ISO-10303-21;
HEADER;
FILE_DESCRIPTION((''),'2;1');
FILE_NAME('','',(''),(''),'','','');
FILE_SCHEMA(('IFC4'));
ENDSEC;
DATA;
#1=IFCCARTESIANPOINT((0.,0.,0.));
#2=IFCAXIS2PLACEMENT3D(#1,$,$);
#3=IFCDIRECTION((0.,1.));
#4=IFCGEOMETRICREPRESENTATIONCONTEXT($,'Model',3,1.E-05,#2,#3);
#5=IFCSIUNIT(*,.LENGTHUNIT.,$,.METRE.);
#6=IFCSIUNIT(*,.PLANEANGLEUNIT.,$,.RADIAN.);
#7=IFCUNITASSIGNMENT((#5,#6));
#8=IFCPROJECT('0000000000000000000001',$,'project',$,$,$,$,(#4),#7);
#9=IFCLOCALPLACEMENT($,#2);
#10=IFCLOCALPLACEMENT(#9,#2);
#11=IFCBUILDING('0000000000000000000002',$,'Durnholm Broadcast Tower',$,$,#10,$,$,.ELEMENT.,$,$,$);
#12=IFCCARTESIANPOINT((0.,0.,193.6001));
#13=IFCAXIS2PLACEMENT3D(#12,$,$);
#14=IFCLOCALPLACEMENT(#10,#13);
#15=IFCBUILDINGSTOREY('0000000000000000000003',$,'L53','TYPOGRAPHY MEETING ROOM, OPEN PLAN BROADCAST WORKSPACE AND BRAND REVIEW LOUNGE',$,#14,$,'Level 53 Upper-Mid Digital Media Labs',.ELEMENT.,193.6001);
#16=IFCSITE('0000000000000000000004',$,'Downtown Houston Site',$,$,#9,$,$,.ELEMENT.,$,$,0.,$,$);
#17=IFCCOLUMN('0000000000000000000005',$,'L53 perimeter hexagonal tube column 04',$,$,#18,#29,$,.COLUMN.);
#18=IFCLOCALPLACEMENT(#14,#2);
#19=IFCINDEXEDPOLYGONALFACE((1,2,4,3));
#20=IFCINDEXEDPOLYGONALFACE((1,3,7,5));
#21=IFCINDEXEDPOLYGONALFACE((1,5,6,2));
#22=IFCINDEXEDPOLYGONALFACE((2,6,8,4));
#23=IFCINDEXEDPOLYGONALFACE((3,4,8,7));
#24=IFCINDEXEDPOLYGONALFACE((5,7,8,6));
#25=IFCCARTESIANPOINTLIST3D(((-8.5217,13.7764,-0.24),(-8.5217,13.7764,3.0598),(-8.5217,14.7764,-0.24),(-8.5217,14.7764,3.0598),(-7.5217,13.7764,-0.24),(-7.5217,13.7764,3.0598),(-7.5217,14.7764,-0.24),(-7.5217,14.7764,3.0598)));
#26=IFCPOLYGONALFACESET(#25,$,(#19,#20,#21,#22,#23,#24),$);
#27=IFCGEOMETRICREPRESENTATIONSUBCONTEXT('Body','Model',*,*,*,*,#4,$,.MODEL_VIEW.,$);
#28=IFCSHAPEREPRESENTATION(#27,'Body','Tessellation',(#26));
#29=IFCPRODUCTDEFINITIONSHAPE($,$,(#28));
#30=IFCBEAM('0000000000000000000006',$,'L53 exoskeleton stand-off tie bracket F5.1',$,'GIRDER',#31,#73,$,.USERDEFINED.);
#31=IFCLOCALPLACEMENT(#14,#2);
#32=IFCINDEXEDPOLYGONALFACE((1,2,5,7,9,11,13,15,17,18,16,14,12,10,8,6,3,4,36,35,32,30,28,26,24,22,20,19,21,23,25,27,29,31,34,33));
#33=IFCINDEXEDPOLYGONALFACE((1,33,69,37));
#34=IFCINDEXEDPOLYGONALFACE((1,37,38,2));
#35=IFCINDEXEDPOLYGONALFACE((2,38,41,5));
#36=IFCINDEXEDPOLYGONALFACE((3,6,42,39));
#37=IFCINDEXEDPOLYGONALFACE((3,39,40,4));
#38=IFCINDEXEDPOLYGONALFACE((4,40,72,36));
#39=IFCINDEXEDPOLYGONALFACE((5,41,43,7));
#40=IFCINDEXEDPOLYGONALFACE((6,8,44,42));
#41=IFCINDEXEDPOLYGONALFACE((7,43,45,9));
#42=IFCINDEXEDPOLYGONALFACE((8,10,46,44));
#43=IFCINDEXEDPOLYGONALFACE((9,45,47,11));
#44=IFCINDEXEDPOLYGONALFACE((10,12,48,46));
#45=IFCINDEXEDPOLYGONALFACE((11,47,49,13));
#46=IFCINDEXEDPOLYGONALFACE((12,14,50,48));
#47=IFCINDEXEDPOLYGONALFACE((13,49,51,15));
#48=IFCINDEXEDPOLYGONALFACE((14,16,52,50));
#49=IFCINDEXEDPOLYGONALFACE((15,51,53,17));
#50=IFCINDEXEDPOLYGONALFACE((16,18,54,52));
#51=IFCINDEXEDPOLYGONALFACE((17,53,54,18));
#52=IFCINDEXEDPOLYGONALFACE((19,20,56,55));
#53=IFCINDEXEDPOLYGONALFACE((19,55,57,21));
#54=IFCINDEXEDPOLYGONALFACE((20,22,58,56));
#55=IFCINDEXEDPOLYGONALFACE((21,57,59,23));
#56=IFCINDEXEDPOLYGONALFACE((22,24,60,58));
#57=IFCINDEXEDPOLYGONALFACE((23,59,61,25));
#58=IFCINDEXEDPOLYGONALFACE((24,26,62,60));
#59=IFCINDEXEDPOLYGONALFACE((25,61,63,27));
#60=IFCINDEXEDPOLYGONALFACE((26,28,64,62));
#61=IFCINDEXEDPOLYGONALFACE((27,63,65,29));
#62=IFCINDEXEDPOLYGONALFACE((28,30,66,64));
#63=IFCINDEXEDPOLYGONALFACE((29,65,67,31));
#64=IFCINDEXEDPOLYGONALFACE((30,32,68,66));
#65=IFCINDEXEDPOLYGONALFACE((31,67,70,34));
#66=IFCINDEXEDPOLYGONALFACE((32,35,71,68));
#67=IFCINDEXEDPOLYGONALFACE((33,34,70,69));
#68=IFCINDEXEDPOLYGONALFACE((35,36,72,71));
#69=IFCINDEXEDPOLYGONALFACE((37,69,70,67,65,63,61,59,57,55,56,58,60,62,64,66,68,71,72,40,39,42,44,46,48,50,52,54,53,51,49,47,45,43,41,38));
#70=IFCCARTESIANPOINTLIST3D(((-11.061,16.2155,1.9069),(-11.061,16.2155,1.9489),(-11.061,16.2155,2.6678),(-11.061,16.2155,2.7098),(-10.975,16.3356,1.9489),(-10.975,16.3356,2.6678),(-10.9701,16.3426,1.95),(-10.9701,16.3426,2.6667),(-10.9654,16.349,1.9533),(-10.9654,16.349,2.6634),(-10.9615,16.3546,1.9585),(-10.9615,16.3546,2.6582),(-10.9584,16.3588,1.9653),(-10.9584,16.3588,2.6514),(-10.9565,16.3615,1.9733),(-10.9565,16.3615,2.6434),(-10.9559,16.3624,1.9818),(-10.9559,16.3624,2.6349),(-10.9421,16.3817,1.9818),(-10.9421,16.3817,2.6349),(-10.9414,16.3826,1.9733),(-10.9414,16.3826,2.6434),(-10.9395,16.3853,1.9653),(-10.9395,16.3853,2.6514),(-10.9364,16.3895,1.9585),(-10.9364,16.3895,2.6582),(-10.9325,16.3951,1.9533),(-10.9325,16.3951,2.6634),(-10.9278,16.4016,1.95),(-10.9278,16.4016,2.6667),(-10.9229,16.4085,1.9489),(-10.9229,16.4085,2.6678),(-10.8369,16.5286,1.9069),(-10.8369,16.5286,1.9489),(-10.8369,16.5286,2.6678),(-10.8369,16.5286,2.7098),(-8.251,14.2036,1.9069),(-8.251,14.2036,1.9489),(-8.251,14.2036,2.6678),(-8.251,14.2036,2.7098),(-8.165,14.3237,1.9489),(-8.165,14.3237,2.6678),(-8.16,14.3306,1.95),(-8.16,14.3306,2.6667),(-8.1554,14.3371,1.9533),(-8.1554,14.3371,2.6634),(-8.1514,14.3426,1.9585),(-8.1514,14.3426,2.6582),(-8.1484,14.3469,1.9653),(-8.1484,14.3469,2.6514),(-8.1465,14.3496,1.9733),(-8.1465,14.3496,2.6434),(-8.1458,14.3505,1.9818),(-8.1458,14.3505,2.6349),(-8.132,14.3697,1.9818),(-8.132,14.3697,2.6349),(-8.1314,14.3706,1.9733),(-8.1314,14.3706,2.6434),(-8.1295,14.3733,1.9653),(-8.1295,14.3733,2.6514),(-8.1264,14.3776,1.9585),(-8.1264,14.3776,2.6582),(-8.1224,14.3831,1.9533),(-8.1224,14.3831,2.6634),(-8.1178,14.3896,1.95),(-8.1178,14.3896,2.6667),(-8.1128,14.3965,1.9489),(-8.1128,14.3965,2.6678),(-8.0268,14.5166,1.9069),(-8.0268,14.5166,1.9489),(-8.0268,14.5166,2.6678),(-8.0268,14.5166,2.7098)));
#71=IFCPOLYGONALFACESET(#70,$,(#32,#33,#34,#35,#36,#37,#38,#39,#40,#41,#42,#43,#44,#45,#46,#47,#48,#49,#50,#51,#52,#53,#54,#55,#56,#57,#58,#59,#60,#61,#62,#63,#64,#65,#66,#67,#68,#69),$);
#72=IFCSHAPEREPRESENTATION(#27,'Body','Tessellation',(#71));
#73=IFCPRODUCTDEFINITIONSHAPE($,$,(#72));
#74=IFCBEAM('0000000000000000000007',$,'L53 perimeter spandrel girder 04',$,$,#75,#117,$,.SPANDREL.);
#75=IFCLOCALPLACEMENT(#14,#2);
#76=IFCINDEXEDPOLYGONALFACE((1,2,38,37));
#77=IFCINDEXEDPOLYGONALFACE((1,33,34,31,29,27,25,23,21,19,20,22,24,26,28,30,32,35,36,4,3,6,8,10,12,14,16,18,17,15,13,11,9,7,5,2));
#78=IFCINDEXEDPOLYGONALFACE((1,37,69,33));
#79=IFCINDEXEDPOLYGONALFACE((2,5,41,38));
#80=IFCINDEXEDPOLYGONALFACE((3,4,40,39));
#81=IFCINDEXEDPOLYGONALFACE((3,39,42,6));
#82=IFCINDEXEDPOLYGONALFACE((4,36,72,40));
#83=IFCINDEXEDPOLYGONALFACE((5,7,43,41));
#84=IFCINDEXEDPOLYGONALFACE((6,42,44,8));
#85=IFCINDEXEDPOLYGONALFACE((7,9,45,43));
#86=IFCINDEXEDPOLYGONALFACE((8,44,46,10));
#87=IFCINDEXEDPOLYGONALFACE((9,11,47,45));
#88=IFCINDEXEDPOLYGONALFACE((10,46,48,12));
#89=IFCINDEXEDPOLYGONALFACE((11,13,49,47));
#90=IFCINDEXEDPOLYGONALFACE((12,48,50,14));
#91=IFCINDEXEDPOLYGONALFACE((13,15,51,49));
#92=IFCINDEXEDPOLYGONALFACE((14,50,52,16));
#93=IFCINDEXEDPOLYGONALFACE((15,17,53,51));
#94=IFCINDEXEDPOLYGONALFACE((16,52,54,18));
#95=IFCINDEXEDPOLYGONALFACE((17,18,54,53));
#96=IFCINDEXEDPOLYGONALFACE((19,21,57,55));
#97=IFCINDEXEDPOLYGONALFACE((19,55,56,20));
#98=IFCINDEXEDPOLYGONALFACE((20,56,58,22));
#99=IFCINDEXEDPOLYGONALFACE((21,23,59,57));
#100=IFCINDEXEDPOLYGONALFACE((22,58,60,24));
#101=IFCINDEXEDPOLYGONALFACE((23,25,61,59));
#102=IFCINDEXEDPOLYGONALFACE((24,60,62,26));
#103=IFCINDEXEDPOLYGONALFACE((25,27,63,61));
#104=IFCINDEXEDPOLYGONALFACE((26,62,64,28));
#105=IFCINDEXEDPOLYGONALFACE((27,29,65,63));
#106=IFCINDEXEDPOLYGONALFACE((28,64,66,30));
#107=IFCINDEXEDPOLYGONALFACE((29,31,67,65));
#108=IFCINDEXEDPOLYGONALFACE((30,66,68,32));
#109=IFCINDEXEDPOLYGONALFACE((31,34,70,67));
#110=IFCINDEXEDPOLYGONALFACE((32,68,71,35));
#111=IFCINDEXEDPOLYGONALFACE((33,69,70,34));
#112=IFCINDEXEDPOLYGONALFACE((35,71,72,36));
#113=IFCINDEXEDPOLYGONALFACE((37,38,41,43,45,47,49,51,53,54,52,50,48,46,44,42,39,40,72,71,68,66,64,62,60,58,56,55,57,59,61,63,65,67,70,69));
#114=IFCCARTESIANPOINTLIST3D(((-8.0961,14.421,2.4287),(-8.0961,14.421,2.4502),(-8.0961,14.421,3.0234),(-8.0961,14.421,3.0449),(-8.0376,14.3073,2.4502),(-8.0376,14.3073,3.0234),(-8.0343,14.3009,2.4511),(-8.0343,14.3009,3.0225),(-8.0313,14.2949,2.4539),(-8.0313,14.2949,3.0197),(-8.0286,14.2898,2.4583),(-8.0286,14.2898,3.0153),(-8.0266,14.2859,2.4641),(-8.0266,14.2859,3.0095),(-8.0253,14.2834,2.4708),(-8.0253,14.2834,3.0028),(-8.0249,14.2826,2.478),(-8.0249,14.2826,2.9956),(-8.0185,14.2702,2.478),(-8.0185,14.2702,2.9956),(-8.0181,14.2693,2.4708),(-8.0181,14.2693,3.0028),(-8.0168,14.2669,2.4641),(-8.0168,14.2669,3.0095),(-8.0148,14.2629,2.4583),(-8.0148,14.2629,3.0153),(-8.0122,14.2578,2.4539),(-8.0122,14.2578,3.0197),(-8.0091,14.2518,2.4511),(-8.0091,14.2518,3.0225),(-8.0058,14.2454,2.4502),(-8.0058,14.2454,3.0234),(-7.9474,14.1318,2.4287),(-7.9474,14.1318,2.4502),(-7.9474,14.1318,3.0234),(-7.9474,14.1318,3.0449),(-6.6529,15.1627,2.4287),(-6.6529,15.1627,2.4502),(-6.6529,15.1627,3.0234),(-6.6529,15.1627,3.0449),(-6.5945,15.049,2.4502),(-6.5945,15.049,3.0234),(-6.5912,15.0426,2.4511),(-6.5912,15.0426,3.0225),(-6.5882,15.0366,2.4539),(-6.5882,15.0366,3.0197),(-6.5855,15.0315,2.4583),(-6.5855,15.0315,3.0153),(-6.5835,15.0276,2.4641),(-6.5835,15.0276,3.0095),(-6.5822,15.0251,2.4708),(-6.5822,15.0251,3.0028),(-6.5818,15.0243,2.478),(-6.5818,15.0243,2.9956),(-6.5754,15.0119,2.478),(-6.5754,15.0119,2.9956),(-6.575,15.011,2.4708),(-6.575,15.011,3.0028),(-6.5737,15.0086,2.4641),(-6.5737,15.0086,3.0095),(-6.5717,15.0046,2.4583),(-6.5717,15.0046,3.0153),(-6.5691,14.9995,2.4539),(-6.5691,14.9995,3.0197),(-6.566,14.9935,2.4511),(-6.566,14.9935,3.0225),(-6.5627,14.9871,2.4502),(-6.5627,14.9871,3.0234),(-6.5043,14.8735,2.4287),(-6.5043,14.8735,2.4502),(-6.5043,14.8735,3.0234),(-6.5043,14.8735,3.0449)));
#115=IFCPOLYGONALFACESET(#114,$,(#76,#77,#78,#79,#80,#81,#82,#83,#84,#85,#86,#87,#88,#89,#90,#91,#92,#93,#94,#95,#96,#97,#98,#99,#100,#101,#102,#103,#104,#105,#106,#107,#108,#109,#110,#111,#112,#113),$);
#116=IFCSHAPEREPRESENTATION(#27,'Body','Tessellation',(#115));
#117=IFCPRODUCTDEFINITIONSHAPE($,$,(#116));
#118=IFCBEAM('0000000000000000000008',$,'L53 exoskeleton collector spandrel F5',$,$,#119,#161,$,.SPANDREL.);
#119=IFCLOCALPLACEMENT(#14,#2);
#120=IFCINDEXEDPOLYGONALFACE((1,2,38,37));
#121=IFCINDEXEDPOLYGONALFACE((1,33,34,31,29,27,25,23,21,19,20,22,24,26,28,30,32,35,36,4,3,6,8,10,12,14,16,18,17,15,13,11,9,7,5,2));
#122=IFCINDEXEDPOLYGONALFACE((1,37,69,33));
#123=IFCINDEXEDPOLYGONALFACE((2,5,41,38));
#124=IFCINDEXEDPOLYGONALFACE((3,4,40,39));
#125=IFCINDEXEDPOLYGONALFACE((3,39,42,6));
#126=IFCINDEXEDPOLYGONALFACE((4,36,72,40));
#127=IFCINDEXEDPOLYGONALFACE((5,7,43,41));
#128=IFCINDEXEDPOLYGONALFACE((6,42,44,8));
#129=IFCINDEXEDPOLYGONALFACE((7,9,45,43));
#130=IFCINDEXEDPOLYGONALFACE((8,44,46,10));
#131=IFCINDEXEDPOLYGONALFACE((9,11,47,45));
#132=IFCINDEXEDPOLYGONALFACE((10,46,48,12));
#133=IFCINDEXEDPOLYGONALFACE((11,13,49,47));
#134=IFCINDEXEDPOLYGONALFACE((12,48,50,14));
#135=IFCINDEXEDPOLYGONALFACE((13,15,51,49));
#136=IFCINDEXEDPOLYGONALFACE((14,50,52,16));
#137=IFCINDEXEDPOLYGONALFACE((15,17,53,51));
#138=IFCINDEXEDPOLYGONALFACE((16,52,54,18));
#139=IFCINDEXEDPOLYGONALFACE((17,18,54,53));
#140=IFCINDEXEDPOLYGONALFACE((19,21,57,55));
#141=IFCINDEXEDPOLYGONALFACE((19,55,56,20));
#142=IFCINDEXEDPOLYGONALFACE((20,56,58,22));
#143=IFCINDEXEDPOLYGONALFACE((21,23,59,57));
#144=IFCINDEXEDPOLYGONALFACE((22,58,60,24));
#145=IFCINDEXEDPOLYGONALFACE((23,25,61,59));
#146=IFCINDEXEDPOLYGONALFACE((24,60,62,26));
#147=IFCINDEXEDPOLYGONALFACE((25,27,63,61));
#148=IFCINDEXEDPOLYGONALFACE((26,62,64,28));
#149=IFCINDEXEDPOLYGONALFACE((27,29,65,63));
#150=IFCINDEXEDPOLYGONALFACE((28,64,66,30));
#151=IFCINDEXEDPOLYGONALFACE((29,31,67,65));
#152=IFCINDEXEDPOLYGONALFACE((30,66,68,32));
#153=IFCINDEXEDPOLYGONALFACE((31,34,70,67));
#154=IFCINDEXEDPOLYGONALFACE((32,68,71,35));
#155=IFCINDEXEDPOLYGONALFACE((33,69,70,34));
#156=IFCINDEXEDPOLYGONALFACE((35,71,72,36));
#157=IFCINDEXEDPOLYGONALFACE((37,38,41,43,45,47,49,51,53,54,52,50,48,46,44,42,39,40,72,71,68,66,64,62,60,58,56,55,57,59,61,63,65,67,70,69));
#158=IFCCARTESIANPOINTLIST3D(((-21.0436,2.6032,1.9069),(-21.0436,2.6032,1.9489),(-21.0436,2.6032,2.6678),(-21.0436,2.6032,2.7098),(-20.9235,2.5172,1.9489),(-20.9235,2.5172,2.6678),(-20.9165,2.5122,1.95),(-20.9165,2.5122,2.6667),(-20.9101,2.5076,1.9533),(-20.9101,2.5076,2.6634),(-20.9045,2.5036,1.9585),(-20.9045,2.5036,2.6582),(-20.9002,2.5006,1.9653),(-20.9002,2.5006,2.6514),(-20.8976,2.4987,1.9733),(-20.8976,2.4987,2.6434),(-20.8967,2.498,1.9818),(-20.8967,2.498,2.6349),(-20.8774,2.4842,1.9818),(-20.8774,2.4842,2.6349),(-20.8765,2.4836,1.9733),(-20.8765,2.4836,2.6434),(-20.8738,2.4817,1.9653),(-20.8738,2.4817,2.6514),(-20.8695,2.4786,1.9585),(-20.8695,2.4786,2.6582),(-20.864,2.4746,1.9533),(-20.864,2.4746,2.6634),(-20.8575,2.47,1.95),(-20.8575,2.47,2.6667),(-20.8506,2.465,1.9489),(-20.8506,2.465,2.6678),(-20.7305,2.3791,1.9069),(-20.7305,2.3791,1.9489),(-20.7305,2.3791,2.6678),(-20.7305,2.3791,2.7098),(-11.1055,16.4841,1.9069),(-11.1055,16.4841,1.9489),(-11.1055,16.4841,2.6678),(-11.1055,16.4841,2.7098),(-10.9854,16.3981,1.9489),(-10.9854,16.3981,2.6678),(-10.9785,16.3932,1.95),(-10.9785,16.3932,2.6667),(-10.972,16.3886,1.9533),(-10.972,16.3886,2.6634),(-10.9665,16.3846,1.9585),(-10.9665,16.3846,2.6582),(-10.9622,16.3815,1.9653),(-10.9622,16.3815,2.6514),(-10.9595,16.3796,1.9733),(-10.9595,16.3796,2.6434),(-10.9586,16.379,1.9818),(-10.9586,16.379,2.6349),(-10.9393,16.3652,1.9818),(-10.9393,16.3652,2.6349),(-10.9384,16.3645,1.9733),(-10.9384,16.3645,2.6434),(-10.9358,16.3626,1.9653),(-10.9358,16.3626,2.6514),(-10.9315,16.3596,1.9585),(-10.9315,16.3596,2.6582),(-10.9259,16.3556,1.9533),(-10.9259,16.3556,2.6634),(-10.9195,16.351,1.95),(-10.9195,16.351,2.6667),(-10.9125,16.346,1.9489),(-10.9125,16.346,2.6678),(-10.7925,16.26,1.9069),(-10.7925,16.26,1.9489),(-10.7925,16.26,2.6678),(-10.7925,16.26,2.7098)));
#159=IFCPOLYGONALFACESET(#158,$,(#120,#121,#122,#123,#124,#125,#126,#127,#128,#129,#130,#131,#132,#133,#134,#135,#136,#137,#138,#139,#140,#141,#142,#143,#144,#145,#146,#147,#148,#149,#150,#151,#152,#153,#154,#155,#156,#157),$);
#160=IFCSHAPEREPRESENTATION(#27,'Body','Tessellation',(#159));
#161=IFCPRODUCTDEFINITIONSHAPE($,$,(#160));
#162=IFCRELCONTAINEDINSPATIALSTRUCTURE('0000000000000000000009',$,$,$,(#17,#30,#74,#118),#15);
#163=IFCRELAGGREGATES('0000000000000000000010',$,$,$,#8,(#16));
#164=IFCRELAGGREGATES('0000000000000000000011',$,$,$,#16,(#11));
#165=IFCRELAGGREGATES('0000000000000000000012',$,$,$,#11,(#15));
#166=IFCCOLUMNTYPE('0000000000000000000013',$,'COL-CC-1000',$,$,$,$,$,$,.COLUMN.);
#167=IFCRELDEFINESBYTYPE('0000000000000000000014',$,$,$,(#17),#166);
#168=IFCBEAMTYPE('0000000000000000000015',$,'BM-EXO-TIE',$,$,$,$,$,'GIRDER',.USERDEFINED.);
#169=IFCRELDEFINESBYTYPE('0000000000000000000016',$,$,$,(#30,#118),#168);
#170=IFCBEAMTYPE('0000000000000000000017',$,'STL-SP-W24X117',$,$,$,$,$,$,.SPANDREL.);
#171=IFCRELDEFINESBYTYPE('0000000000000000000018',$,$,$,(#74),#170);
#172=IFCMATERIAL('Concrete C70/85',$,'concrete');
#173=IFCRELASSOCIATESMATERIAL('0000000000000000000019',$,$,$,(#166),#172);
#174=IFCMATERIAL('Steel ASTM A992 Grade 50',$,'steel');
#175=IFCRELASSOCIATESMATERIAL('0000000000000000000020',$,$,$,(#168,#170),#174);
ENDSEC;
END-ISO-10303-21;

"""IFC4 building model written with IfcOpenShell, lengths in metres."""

from ifc_helpers import new_model, si_unit, direction, frame, origin, origin_2d, place, context, subcontext, project, spatial, rectangle, i_section, extrude, source, transform, mapped, material, material_profile, profile_set, type_object, type_shapes, element, save


model = new_model("IFC4")

# Units and contexts
model_context = context("Model", 3, precision=1e-05, world=origin(), true_north=direction((0.0, 1.0)))
body_context = subcontext(model_context, "Body", "Model", "MODEL_VIEW")
ifc_project = project(units=[si_unit("LENGTHUNIT", "METRE"), si_unit("PLANEANGLEUNIT", "RADIAN")], contexts=[model_context])

# Site, building, storey
site_placement = place(None, origin())
site = spatial("IfcSite", under=ifc_project, at=site_placement, Name="Downtown Houston Site", CompositionType="ELEMENT", RefElevation=0.0)
building_placement = place(site_placement, origin())
building = spatial("IfcBuilding", under=site, at=building_placement, Name="Durnholm Broadcast Tower", CompositionType="ELEMENT")
storey_placement = place(building_placement, frame((0.0, 0.0, 193.6001)))
storey = spatial("IfcBuildingStorey", under=building, at=storey_placement, Name="L53", Description="TYPOGRAPHY MEETING ROOM, OPEN PLAN BROADCAST WORKSPACE AND BRAND REVIEW LOUNGE", LongName="Level 53 Upper-Mid Digital Media Labs", CompositionType="ELEMENT", Elevation=193.6001)

# Column
ifc_material_1 = material(Name="Concrete C70/85", Category="concrete")
ifc_material_profile_1 = material_profile(ifc_material_1, rectangle(XDim=1.0, YDim=1.0, at=origin_2d()), Name="RC1000X1000")
ifc_profile_set_1 = profile_set([ifc_material_profile_1], Name="Concrete C70/85")
column_type = type_object("IfcColumnType", Name="COL-CC-1000", PredefinedType="COLUMN", material=ifc_profile_set_1)
shared_shape_1 = source(origin(), body_context, "Body", "SweptSolid", [
    extrude(rectangle(XDim=1.0, YDim=1.0, at=origin_2d()), origin(), (0.0, 0.0, 1.0), 3.2998),
])
type_shapes(column_type, [shared_shape_1])
column_placement = place(storey_placement, frame((-8.0217, 14.2764, -0.24), z_axis=(0.0, 0.0, 1.0), x_axis=(1.0, 0.0, 0.0)))
element("IfcColumn", 1, at=column_placement, inside=storey, type_object=column_type, Name="L53 perimeter hexagonal tube column 04", PredefinedType="COLUMN", context=body_context, shape_type="MappedRepresentation", body=[
    mapped(shared_shape_1, transform((0.0, 0.0, 0.0), x_axis=(1.0, 0.0, 0.0), y_axis=(0.0, 1.0, 0.0), z_axis=(0.0, 0.0, 1.0), scale=1.0)),
])

# Beams
ifc_material_2 = material(Name="Steel ASTM A992 Grade 50", Category="steel")
ifc_material_profile_2 = material_profile(ifc_material_2, i_section(OverallWidth=0.385, OverallDepth=0.803, WebThickness=0.0237, FlangeThickness=0.042, FilletRadius=0.033, at=origin_2d()), Name="W30X261")
ifc_profile_set_2 = profile_set([ifc_material_profile_2], Name="Steel ASTM A992 Grade 50")
beam_type_1 = type_object("IfcBeamType", Name="BM-EXO-TIE", ElementType="GIRDER", PredefinedType="USERDEFINED", material=ifc_profile_set_2)
shared_shape_2 = source(origin(), body_context, "Body", "SweptSolid", [
    extrude(i_section(OverallWidth=0.385, OverallDepth=0.803, WebThickness=0.0237, FlangeThickness=0.042, FilletRadius=0.033, at=origin_2d()), origin(), (0.0, 0.0, 1.0), 3.4561),
])
beam_1_placement = place(storey_placement, frame((-8.1389, 14.3601, 2.3083), z_axis=(-0.813079, 0.582153, 0.0), x_axis=(-0.582153, -0.813079, 0.0)))
element("IfcBeam", 2, at=beam_1_placement, inside=storey, type_object=beam_type_1, Name="L53 exoskeleton stand-off tie bracket F5.1", ObjectType="GIRDER", PredefinedType="USERDEFINED", context=body_context, shape_type="MappedRepresentation", body=[
    mapped(shared_shape_2, transform((0.0, 0.0, 0.0), x_axis=(1.0, 0.0, 0.0), y_axis=(0.0, 1.0, 0.0), z_axis=(0.0, 0.0, 1.0), scale=1.0)),
])
ifc_material_profile_3 = material_profile(ifc_material_2, i_section(OverallWidth=0.3252, OverallDepth=0.6162, WebThickness=0.0139, FlangeThickness=0.0215, FilletRadius=0.0278, at=origin_2d()), Name="W24X117")
ifc_profile_set_3 = profile_set([ifc_material_profile_3], Name="Steel ASTM A992 Grade 50")
beam_type_2 = type_object("IfcBeamType", Name="STL-SP-W24X117", PredefinedType="SPANDREL", material=ifc_profile_set_3)
shared_shape_3 = source(origin(), body_context, "Body", "SweptSolid", [
    extrude(i_section(OverallWidth=0.3252, OverallDepth=0.6162, WebThickness=0.0139, FlangeThickness=0.0215, FilletRadius=0.0278, at=origin_2d()), origin(), (0.0, 0.0, 1.0), 1.6226),
])
type_shapes(beam_type_2, [shared_shape_3])
beam_2_placement = place(storey_placement, frame((-8.0217, 14.2764, 2.7368), z_axis=(0.889407, 0.457117, 0.0), x_axis=(-0.457117, 0.889407, 0.0)))
element("IfcBeam", 3, at=beam_2_placement, inside=storey, type_object=beam_type_2, Name="L53 perimeter spandrel girder 04", PredefinedType="SPANDREL", context=body_context, shape_type="MappedRepresentation", body=[
    mapped(shared_shape_3, transform((0.0, 0.0, 0.0), x_axis=(1.0, 0.0, 0.0), y_axis=(0.0, 1.0, 0.0), z_axis=(0.0, 0.0, 1.0), scale=1.0)),
])
shared_shape_4 = source(origin(), body_context, "Body", "SweptSolid", [
    extrude(i_section(OverallWidth=0.385, OverallDepth=0.803, WebThickness=0.0237, FlangeThickness=0.042, FilletRadius=0.033, at=origin_2d()), origin(), (0.0, 0.0, 1.0), 17.0718),
])
type_shapes(beam_type_1, [shared_shape_2, shared_shape_4])
beam_3_placement = place(storey_placement, frame((-10.949, 16.3721, 2.3083), z_axis=(-0.582133, -0.813093, 0.0), x_axis=(0.813093, -0.582133, 0.0)))
element("IfcBeam", 4, at=beam_3_placement, inside=storey, type_object=beam_type_1, Name="L53 exoskeleton collector spandrel F5", PredefinedType="SPANDREL", context=body_context, shape_type="MappedRepresentation", body=[
    mapped(shared_shape_4, transform((0.0, 0.0, 0.0), x_axis=(1.0, 0.0, 0.0), y_axis=(0.0, 1.0, 0.0), z_axis=(0.0, 0.0, 1.0), scale=1.0)),
])

save(model, "model.ifc")
